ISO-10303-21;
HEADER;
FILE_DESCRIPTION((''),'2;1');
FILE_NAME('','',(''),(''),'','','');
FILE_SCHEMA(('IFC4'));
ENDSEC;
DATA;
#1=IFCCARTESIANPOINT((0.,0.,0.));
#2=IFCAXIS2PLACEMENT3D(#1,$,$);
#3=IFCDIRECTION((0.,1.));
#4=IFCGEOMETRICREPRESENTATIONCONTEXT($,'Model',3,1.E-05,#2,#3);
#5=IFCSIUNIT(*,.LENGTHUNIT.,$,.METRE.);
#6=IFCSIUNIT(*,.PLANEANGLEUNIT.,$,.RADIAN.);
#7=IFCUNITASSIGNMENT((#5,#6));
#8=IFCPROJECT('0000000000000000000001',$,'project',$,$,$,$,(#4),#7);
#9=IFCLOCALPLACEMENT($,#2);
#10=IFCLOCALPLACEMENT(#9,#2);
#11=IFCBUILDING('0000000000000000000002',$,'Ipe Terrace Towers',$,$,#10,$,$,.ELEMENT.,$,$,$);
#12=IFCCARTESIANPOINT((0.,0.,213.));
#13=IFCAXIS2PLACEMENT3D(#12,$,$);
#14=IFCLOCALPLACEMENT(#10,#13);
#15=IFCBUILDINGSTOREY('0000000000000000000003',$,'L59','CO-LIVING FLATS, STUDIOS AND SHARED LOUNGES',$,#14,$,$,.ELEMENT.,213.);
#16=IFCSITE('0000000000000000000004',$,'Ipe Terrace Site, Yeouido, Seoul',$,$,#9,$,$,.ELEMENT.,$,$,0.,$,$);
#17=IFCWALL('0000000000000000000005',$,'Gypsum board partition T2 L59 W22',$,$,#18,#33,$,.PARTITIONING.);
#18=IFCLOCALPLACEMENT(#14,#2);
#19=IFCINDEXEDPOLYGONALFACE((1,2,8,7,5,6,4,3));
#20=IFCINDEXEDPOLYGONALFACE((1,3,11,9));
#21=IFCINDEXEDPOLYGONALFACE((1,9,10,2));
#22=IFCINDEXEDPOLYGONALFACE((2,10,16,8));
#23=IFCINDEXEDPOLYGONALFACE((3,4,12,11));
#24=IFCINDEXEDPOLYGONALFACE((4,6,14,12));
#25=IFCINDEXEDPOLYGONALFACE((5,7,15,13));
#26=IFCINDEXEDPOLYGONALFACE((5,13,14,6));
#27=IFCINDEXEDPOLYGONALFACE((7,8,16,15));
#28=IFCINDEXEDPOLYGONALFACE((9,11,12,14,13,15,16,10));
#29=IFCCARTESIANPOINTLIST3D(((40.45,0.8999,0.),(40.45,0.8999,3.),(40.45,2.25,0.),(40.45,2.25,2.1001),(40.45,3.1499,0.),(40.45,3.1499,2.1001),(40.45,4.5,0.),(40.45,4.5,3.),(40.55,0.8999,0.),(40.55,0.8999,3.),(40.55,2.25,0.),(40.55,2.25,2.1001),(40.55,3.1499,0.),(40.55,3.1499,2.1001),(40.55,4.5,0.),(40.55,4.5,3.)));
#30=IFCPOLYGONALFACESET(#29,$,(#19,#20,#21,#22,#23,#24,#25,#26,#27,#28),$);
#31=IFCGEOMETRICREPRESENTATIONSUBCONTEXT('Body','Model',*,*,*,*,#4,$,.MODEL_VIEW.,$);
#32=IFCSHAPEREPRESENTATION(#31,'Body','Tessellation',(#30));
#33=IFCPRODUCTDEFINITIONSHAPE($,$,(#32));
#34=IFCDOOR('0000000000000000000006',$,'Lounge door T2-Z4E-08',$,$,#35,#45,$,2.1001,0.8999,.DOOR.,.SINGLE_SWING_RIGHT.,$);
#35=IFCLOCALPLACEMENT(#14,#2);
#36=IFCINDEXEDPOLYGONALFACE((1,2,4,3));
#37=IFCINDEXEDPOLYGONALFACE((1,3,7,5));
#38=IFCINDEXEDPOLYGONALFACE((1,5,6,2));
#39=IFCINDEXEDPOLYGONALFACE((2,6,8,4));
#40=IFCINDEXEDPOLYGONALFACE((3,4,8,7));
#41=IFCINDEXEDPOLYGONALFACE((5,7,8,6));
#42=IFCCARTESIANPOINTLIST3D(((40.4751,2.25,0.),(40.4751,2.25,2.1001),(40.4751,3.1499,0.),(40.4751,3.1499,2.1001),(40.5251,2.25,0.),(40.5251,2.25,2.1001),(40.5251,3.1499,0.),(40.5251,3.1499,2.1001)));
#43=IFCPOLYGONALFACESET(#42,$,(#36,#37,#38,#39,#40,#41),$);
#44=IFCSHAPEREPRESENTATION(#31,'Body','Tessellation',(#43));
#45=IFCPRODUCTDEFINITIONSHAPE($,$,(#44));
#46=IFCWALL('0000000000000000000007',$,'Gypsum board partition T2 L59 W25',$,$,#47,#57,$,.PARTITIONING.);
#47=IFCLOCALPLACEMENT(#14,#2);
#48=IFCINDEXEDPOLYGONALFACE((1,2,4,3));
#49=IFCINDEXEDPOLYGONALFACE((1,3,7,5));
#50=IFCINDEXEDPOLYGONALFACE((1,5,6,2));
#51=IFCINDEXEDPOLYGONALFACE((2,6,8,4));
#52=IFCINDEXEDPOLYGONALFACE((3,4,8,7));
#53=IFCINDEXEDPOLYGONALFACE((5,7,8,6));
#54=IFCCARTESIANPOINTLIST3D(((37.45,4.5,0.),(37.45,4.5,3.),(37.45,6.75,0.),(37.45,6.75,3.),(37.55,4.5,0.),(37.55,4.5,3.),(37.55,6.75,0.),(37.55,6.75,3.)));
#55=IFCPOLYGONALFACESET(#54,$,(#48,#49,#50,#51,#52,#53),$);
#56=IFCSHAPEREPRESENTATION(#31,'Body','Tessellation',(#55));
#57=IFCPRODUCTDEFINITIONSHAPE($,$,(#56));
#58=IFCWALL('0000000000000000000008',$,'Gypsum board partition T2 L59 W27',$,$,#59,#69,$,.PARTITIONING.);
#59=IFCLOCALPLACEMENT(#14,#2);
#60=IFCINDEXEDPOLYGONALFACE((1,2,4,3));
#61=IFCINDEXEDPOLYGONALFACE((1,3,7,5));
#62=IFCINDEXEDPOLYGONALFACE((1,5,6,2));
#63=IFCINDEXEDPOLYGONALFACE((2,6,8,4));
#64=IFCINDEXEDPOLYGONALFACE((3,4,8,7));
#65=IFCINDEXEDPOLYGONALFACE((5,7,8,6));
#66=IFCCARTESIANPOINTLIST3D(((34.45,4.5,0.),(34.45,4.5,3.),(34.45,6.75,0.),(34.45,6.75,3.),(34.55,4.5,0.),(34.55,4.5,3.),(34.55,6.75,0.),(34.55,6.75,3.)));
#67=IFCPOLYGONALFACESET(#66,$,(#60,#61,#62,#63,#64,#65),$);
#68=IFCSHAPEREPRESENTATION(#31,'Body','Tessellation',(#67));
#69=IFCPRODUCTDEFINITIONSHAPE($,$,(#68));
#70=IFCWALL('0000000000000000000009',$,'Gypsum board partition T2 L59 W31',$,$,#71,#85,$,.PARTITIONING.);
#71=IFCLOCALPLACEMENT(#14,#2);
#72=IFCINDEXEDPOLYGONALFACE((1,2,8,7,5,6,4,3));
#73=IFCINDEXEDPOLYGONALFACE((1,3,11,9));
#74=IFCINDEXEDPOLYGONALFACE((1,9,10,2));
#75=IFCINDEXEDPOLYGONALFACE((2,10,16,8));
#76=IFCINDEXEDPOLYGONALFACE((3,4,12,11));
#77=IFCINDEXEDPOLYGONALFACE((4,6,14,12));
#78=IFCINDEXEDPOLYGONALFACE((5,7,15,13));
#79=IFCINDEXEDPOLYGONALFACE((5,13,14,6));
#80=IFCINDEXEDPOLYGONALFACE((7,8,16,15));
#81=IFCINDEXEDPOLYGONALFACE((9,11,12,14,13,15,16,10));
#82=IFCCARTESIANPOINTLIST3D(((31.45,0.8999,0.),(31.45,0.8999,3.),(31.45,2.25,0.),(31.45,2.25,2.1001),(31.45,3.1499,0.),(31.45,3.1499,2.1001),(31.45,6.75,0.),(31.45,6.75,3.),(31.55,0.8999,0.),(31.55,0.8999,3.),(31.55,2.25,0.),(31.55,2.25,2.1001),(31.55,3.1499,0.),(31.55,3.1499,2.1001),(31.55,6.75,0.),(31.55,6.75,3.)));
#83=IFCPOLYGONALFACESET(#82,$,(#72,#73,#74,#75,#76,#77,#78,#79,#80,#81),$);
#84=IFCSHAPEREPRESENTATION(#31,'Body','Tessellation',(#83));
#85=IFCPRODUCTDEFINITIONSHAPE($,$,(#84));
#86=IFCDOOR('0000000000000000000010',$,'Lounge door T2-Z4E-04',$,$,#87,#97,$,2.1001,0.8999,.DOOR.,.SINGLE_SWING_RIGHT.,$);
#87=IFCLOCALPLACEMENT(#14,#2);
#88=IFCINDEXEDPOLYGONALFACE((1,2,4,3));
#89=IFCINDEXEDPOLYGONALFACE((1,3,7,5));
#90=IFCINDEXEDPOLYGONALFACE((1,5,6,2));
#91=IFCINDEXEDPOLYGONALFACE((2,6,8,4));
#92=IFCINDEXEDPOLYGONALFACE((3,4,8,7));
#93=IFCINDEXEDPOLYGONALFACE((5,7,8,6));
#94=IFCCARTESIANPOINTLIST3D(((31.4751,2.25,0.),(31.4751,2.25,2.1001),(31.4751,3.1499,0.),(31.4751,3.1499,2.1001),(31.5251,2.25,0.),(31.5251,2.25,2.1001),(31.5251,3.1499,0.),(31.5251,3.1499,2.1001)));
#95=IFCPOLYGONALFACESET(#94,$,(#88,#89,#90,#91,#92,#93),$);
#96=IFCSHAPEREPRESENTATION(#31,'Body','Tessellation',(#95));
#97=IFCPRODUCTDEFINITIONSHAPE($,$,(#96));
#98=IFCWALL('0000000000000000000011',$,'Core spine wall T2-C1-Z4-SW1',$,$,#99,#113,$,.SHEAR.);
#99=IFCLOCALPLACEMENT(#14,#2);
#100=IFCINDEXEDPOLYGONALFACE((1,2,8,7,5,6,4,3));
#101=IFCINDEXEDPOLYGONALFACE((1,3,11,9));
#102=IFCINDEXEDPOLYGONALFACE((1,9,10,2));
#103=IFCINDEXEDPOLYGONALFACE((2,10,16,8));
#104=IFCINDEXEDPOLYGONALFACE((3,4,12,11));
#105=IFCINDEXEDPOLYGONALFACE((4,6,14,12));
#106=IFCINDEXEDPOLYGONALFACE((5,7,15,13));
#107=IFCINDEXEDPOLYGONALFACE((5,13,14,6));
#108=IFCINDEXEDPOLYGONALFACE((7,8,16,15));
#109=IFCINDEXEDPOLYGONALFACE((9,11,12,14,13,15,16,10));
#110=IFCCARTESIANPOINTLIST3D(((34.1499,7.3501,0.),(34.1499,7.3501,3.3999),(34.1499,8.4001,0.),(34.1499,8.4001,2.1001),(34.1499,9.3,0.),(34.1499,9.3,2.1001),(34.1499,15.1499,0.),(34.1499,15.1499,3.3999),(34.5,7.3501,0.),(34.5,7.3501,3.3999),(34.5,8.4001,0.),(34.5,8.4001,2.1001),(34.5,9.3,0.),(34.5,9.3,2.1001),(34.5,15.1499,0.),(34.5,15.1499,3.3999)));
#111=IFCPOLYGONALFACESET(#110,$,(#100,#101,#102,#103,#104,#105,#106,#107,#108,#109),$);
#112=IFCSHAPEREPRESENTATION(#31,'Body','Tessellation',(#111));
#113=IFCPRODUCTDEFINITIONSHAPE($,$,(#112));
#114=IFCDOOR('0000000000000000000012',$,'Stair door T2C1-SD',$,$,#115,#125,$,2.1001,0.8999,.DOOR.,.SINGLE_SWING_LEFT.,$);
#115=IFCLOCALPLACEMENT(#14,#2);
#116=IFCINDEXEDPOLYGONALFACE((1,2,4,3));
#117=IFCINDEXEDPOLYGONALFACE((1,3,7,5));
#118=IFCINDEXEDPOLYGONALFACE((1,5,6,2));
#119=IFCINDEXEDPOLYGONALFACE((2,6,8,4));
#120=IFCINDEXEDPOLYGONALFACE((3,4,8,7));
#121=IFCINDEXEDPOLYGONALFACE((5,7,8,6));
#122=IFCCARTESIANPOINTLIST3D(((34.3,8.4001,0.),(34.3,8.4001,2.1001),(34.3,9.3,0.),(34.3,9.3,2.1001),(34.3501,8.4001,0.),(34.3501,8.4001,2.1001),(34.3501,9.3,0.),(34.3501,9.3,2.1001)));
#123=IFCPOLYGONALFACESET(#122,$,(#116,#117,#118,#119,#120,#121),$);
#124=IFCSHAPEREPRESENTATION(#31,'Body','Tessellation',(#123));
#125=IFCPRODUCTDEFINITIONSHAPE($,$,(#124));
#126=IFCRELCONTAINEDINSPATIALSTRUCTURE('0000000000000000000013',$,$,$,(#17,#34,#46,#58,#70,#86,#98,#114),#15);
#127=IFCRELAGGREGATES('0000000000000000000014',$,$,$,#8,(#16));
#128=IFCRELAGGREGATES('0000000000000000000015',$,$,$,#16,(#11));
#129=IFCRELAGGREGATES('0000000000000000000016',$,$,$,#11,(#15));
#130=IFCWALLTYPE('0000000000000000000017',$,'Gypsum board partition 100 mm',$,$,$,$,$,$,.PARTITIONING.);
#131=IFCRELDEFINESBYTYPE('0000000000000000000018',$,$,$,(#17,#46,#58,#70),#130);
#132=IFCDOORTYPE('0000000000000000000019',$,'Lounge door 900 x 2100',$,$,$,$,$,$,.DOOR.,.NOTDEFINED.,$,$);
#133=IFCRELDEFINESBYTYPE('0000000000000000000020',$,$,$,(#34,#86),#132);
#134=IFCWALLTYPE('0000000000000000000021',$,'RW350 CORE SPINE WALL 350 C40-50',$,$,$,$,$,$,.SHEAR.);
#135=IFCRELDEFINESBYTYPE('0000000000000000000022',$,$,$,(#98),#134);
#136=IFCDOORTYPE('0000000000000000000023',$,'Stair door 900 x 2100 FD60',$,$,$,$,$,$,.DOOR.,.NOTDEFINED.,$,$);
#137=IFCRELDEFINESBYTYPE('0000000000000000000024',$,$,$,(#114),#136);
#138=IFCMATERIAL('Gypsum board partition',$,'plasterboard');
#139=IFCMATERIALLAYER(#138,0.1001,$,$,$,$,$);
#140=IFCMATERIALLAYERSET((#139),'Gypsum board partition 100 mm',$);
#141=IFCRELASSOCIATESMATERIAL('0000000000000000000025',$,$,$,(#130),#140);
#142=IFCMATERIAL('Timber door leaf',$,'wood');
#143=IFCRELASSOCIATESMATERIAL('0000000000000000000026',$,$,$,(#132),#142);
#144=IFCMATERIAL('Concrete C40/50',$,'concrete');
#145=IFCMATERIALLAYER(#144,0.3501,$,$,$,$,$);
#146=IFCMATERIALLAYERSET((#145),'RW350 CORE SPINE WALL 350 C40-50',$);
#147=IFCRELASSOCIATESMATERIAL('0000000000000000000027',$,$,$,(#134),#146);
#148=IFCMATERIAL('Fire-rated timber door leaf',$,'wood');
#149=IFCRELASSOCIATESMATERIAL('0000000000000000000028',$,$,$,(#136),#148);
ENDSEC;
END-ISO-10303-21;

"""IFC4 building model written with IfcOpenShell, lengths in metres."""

from ifc_helpers import new_model, si_unit, direction, frame, frame_2d, origin, place, context, subcontext, project, spatial, rectangle, extrude, material, layer, layer_set, type_object, element, fill, save


model = new_model("IFC4")

# Units and contexts
model_context = context("Model", 3, precision=1e-05, world=origin(), true_north=direction((0.0, 1.0)))
body_context = subcontext(model_context, "Body", "Model", "MODEL_VIEW")
ifc_project = project(units=[si_unit("LENGTHUNIT", "METRE"), si_unit("PLANEANGLEUNIT", "RADIAN")], contexts=[model_context])

# Site, building, storey
site_placement = place(None, origin())
site = spatial("IfcSite", under=ifc_project, at=site_placement, Name="Ipe Terrace Site, Yeouido, Seoul", CompositionType="ELEMENT", RefElevation=0.0)
building_placement = place(site_placement, origin())
building = spatial("IfcBuilding", under=site, at=building_placement, Name="Ipe Terrace Towers", CompositionType="ELEMENT")
storey_placement = place(building_placement, frame((0.0, 0.0, 213.0)))
storey = spatial("IfcBuildingStorey", under=building, at=storey_placement, Name="L59", Description="CO-LIVING FLATS, STUDIOS AND SHARED LOUNGES", CompositionType="ELEMENT", Elevation=213.0)

# Wall, opening, door
ifc_material_1 = material(Name="Gypsum board partition", Category="plasterboard")
ifc_layer_1 = layer(ifc_material_1, 0.1001)
ifc_layer_set_1 = layer_set([ifc_layer_1], Name="Gypsum board partition 100 mm")
wall_type_1 = type_object("IfcWallType", Name="Gypsum board partition 100 mm", PredefinedType="PARTITIONING", material=ifc_layer_set_1)
ifc_material_2 = material(Name="Timber door leaf", Category="wood")
door_type_1 = type_object("IfcDoorType", Name="Lounge door 900 x 2100", OperationType="NOTDEFINED", PredefinedType="DOOR", material=ifc_material_2)
wall_1_placement = place(storey_placement, frame((40.5, 0.8999, 0.0), z_axis=(0.0, 0.0, 1.0), x_axis=(0.0, 1.0, 0.0)))
wall_1 = element("IfcWall", 1, at=wall_1_placement, inside=storey, type_object=wall_type_1, Name="Gypsum board partition T2 L59 W22", PredefinedType="PARTITIONING", context=body_context, shape_type="SweptSolid", body=[
    extrude(rectangle(XDim=3.6001, YDim=0.1001, at=frame_2d((1.8, 0.0))), origin(), (0.0, 0.0, 1.0), 3.0),
])
opening_1_placement = place(wall_1_placement, frame((1.3501, 0.0, 0.0)))
opening_1 = element("IfcOpeningElement", 2, at=opening_1_placement, cuts=wall_1, PredefinedType="OPENING", context=body_context, shape_type="SweptSolid", body=[
    extrude(rectangle(XDim=0.8999, YDim=2.1001, at=frame_2d((0.45, 1.05))), frame((0.0, 0.0601, 0.0), z_axis=(0.0, -1.0, 0.0), x_axis=(1.0, 0.0, 0.0)), (0.0, 0.0, 1.0), 0.1201),
])
door_1_placement = place(opening_1_placement, origin())
door_1 = element("IfcDoor", 3, at=door_1_placement, inside=storey, type_object=door_type_1, Name="Lounge door T2-Z4E-08", OperationType="SINGLE_SWING_RIGHT", OverallHeight=2.1001, OverallWidth=0.8999, PredefinedType="DOOR", context=body_context, shape_type="SweptSolid", body=[
    extrude(rectangle(XDim=0.8999, YDim=2.1001, at=frame_2d((0.45, 1.05))), frame((0.0, 0.0249, 0.0), z_axis=(0.0, -1.0, 0.0), x_axis=(1.0, 0.0, 0.0)), (0.0, 0.0, 1.0), 0.05),
])
fill(opening_1, door_1)

# Walls
for number, where, z_axis, x_axis, name in (
    (4, (37.5, 4.5, 0.0), (0.0, 0.0, 1.0), (0.0, 1.0, 0.0), "Gypsum board partition T2 L59 W25"),
    (5, (34.5, 4.5, 0.0), (0.0, 0.0, 1.0), (0.0, 1.0, 0.0), "Gypsum board partition T2 L59 W27"),
):
    element("IfcWall", number, at=place(storey_placement, frame(where, z_axis=z_axis, x_axis=x_axis)), inside=storey, type_object=wall_type_1, Name=name, PredefinedType="PARTITIONING", context=body_context, shape_type="SweptSolid", body=[
        extrude(rectangle(XDim=2.25, YDim=0.1001, at=frame_2d((1.125, 0.0))), origin(), (0.0, 0.0, 1.0), 3.0),
    ])

# Walls, openings, doors
wall_2_placement = place(storey_placement, frame((31.5, 0.8999, 0.0), z_axis=(0.0, 0.0, 1.0), x_axis=(0.0, 1.0, 0.0)))
wall_2 = element("IfcWall", 6, at=wall_2_placement, inside=storey, type_object=wall_type_1, Name="Gypsum board partition T2 L59 W31", PredefinedType="PARTITIONING", context=body_context, shape_type="SweptSolid", body=[
    extrude(rectangle(XDim=5.8501, YDim=0.1001, at=frame_2d((2.925, 0.0))), origin(), (0.0, 0.0, 1.0), 3.0),
])
opening_2_placement = place(wall_2_placement, frame((1.3501, 0.0, 0.0)))
opening_2 = element("IfcOpeningElement", 7, at=opening_2_placement, cuts=wall_2, PredefinedType="OPENING", context=body_context, shape_type="SweptSolid", body=[
    extrude(rectangle(XDim=0.8999, YDim=2.1001, at=frame_2d((0.45, 1.05))), frame((0.0, 0.0601, 0.0), z_axis=(0.0, -1.0, 0.0), x_axis=(1.0, 0.0, 0.0)), (0.0, 0.0, 1.0), 0.1201),
])
door_2_placement = place(opening_2_placement, origin())
door_2 = element("IfcDoor", 8, at=door_2_placement, inside=storey, type_object=door_type_1, Name="Lounge door T2-Z4E-04", OperationType="SINGLE_SWING_RIGHT", OverallHeight=2.1001, OverallWidth=0.8999, PredefinedType="DOOR", context=body_context, shape_type="SweptSolid", body=[
    extrude(rectangle(XDim=0.8999, YDim=2.1001, at=frame_2d((0.45, 1.05))), frame((0.0, 0.0249, 0.0), z_axis=(0.0, -1.0, 0.0), x_axis=(1.0, 0.0, 0.0)), (0.0, 0.0, 1.0), 0.05),
])
fill(opening_2, door_2)
ifc_material_3 = material(Name="Concrete C40/50", Category="concrete")
ifc_layer_2 = layer(ifc_material_3, 0.3501)
ifc_layer_set_2 = layer_set([ifc_layer_2], Name="RW350 CORE SPINE WALL 350 C40-50")
wall_type_2 = type_object("IfcWallType", Name="RW350 CORE SPINE WALL 350 C40-50", PredefinedType="SHEAR", material=ifc_layer_set_2)
wall_3_placement = place(storey_placement, frame((34.325, 7.3501, 0.0), z_axis=(0.0, 0.0, 1.0), x_axis=(0.0, 1.0, 0.0)))
wall_3 = element("IfcWall", 9, at=wall_3_placement, inside=storey, type_object=wall_type_2, Name="Core spine wall T2-C1-Z4-SW1", PredefinedType="SHEAR", context=body_context, shape_type="SweptSolid", body=[
    extrude(rectangle(XDim=7.7998, YDim=0.3501, at=frame_2d((3.8999, 0.0))), origin(), (0.0, 0.0, 1.0), 3.3999),
])
opening_3_placement = place(wall_3_placement, frame((1.05, 0.0, 0.0)))
opening_3 = element("IfcOpeningElement", 10, at=opening_3_placement, cuts=wall_3, PredefinedType="OPENING", context=body_context, shape_type="SweptSolid", body=[
    extrude(rectangle(XDim=0.8999, YDim=2.1001, at=frame_2d((0.45, 1.05))), frame((0.0, 0.1851, 0.0), z_axis=(0.0, -1.0, 0.0), x_axis=(1.0, 0.0, 0.0)), (0.0, 0.0, 1.0), 0.3701),
])
ifc_material_4 = material(Name="Fire-rated timber door leaf", Category="wood")
door_type_2 = type_object("IfcDoorType", Name="Stair door 900 x 2100 FD60", OperationType="NOTDEFINED", PredefinedType="DOOR", material=ifc_material_4)
door_3_placement = place(opening_3_placement, origin())
door_3 = element("IfcDoor", 11, at=door_3_placement, inside=storey, type_object=door_type_2, Name="Stair door T2C1-SD", OperationType="SINGLE_SWING_LEFT", OverallHeight=2.1001, OverallWidth=0.8999, PredefinedType="DOOR", context=body_context, shape_type="SweptSolid", body=[
    extrude(rectangle(XDim=0.8999, YDim=2.1001, at=frame_2d((0.45, 1.05))), frame((0.0, 0.0249, 0.0), z_axis=(0.0, -1.0, 0.0), x_axis=(1.0, 0.0, 0.0)), (0.0, 0.0, 1.0), 0.05),
])
fill(opening_3, door_3)

save(model, "model.ifc")
